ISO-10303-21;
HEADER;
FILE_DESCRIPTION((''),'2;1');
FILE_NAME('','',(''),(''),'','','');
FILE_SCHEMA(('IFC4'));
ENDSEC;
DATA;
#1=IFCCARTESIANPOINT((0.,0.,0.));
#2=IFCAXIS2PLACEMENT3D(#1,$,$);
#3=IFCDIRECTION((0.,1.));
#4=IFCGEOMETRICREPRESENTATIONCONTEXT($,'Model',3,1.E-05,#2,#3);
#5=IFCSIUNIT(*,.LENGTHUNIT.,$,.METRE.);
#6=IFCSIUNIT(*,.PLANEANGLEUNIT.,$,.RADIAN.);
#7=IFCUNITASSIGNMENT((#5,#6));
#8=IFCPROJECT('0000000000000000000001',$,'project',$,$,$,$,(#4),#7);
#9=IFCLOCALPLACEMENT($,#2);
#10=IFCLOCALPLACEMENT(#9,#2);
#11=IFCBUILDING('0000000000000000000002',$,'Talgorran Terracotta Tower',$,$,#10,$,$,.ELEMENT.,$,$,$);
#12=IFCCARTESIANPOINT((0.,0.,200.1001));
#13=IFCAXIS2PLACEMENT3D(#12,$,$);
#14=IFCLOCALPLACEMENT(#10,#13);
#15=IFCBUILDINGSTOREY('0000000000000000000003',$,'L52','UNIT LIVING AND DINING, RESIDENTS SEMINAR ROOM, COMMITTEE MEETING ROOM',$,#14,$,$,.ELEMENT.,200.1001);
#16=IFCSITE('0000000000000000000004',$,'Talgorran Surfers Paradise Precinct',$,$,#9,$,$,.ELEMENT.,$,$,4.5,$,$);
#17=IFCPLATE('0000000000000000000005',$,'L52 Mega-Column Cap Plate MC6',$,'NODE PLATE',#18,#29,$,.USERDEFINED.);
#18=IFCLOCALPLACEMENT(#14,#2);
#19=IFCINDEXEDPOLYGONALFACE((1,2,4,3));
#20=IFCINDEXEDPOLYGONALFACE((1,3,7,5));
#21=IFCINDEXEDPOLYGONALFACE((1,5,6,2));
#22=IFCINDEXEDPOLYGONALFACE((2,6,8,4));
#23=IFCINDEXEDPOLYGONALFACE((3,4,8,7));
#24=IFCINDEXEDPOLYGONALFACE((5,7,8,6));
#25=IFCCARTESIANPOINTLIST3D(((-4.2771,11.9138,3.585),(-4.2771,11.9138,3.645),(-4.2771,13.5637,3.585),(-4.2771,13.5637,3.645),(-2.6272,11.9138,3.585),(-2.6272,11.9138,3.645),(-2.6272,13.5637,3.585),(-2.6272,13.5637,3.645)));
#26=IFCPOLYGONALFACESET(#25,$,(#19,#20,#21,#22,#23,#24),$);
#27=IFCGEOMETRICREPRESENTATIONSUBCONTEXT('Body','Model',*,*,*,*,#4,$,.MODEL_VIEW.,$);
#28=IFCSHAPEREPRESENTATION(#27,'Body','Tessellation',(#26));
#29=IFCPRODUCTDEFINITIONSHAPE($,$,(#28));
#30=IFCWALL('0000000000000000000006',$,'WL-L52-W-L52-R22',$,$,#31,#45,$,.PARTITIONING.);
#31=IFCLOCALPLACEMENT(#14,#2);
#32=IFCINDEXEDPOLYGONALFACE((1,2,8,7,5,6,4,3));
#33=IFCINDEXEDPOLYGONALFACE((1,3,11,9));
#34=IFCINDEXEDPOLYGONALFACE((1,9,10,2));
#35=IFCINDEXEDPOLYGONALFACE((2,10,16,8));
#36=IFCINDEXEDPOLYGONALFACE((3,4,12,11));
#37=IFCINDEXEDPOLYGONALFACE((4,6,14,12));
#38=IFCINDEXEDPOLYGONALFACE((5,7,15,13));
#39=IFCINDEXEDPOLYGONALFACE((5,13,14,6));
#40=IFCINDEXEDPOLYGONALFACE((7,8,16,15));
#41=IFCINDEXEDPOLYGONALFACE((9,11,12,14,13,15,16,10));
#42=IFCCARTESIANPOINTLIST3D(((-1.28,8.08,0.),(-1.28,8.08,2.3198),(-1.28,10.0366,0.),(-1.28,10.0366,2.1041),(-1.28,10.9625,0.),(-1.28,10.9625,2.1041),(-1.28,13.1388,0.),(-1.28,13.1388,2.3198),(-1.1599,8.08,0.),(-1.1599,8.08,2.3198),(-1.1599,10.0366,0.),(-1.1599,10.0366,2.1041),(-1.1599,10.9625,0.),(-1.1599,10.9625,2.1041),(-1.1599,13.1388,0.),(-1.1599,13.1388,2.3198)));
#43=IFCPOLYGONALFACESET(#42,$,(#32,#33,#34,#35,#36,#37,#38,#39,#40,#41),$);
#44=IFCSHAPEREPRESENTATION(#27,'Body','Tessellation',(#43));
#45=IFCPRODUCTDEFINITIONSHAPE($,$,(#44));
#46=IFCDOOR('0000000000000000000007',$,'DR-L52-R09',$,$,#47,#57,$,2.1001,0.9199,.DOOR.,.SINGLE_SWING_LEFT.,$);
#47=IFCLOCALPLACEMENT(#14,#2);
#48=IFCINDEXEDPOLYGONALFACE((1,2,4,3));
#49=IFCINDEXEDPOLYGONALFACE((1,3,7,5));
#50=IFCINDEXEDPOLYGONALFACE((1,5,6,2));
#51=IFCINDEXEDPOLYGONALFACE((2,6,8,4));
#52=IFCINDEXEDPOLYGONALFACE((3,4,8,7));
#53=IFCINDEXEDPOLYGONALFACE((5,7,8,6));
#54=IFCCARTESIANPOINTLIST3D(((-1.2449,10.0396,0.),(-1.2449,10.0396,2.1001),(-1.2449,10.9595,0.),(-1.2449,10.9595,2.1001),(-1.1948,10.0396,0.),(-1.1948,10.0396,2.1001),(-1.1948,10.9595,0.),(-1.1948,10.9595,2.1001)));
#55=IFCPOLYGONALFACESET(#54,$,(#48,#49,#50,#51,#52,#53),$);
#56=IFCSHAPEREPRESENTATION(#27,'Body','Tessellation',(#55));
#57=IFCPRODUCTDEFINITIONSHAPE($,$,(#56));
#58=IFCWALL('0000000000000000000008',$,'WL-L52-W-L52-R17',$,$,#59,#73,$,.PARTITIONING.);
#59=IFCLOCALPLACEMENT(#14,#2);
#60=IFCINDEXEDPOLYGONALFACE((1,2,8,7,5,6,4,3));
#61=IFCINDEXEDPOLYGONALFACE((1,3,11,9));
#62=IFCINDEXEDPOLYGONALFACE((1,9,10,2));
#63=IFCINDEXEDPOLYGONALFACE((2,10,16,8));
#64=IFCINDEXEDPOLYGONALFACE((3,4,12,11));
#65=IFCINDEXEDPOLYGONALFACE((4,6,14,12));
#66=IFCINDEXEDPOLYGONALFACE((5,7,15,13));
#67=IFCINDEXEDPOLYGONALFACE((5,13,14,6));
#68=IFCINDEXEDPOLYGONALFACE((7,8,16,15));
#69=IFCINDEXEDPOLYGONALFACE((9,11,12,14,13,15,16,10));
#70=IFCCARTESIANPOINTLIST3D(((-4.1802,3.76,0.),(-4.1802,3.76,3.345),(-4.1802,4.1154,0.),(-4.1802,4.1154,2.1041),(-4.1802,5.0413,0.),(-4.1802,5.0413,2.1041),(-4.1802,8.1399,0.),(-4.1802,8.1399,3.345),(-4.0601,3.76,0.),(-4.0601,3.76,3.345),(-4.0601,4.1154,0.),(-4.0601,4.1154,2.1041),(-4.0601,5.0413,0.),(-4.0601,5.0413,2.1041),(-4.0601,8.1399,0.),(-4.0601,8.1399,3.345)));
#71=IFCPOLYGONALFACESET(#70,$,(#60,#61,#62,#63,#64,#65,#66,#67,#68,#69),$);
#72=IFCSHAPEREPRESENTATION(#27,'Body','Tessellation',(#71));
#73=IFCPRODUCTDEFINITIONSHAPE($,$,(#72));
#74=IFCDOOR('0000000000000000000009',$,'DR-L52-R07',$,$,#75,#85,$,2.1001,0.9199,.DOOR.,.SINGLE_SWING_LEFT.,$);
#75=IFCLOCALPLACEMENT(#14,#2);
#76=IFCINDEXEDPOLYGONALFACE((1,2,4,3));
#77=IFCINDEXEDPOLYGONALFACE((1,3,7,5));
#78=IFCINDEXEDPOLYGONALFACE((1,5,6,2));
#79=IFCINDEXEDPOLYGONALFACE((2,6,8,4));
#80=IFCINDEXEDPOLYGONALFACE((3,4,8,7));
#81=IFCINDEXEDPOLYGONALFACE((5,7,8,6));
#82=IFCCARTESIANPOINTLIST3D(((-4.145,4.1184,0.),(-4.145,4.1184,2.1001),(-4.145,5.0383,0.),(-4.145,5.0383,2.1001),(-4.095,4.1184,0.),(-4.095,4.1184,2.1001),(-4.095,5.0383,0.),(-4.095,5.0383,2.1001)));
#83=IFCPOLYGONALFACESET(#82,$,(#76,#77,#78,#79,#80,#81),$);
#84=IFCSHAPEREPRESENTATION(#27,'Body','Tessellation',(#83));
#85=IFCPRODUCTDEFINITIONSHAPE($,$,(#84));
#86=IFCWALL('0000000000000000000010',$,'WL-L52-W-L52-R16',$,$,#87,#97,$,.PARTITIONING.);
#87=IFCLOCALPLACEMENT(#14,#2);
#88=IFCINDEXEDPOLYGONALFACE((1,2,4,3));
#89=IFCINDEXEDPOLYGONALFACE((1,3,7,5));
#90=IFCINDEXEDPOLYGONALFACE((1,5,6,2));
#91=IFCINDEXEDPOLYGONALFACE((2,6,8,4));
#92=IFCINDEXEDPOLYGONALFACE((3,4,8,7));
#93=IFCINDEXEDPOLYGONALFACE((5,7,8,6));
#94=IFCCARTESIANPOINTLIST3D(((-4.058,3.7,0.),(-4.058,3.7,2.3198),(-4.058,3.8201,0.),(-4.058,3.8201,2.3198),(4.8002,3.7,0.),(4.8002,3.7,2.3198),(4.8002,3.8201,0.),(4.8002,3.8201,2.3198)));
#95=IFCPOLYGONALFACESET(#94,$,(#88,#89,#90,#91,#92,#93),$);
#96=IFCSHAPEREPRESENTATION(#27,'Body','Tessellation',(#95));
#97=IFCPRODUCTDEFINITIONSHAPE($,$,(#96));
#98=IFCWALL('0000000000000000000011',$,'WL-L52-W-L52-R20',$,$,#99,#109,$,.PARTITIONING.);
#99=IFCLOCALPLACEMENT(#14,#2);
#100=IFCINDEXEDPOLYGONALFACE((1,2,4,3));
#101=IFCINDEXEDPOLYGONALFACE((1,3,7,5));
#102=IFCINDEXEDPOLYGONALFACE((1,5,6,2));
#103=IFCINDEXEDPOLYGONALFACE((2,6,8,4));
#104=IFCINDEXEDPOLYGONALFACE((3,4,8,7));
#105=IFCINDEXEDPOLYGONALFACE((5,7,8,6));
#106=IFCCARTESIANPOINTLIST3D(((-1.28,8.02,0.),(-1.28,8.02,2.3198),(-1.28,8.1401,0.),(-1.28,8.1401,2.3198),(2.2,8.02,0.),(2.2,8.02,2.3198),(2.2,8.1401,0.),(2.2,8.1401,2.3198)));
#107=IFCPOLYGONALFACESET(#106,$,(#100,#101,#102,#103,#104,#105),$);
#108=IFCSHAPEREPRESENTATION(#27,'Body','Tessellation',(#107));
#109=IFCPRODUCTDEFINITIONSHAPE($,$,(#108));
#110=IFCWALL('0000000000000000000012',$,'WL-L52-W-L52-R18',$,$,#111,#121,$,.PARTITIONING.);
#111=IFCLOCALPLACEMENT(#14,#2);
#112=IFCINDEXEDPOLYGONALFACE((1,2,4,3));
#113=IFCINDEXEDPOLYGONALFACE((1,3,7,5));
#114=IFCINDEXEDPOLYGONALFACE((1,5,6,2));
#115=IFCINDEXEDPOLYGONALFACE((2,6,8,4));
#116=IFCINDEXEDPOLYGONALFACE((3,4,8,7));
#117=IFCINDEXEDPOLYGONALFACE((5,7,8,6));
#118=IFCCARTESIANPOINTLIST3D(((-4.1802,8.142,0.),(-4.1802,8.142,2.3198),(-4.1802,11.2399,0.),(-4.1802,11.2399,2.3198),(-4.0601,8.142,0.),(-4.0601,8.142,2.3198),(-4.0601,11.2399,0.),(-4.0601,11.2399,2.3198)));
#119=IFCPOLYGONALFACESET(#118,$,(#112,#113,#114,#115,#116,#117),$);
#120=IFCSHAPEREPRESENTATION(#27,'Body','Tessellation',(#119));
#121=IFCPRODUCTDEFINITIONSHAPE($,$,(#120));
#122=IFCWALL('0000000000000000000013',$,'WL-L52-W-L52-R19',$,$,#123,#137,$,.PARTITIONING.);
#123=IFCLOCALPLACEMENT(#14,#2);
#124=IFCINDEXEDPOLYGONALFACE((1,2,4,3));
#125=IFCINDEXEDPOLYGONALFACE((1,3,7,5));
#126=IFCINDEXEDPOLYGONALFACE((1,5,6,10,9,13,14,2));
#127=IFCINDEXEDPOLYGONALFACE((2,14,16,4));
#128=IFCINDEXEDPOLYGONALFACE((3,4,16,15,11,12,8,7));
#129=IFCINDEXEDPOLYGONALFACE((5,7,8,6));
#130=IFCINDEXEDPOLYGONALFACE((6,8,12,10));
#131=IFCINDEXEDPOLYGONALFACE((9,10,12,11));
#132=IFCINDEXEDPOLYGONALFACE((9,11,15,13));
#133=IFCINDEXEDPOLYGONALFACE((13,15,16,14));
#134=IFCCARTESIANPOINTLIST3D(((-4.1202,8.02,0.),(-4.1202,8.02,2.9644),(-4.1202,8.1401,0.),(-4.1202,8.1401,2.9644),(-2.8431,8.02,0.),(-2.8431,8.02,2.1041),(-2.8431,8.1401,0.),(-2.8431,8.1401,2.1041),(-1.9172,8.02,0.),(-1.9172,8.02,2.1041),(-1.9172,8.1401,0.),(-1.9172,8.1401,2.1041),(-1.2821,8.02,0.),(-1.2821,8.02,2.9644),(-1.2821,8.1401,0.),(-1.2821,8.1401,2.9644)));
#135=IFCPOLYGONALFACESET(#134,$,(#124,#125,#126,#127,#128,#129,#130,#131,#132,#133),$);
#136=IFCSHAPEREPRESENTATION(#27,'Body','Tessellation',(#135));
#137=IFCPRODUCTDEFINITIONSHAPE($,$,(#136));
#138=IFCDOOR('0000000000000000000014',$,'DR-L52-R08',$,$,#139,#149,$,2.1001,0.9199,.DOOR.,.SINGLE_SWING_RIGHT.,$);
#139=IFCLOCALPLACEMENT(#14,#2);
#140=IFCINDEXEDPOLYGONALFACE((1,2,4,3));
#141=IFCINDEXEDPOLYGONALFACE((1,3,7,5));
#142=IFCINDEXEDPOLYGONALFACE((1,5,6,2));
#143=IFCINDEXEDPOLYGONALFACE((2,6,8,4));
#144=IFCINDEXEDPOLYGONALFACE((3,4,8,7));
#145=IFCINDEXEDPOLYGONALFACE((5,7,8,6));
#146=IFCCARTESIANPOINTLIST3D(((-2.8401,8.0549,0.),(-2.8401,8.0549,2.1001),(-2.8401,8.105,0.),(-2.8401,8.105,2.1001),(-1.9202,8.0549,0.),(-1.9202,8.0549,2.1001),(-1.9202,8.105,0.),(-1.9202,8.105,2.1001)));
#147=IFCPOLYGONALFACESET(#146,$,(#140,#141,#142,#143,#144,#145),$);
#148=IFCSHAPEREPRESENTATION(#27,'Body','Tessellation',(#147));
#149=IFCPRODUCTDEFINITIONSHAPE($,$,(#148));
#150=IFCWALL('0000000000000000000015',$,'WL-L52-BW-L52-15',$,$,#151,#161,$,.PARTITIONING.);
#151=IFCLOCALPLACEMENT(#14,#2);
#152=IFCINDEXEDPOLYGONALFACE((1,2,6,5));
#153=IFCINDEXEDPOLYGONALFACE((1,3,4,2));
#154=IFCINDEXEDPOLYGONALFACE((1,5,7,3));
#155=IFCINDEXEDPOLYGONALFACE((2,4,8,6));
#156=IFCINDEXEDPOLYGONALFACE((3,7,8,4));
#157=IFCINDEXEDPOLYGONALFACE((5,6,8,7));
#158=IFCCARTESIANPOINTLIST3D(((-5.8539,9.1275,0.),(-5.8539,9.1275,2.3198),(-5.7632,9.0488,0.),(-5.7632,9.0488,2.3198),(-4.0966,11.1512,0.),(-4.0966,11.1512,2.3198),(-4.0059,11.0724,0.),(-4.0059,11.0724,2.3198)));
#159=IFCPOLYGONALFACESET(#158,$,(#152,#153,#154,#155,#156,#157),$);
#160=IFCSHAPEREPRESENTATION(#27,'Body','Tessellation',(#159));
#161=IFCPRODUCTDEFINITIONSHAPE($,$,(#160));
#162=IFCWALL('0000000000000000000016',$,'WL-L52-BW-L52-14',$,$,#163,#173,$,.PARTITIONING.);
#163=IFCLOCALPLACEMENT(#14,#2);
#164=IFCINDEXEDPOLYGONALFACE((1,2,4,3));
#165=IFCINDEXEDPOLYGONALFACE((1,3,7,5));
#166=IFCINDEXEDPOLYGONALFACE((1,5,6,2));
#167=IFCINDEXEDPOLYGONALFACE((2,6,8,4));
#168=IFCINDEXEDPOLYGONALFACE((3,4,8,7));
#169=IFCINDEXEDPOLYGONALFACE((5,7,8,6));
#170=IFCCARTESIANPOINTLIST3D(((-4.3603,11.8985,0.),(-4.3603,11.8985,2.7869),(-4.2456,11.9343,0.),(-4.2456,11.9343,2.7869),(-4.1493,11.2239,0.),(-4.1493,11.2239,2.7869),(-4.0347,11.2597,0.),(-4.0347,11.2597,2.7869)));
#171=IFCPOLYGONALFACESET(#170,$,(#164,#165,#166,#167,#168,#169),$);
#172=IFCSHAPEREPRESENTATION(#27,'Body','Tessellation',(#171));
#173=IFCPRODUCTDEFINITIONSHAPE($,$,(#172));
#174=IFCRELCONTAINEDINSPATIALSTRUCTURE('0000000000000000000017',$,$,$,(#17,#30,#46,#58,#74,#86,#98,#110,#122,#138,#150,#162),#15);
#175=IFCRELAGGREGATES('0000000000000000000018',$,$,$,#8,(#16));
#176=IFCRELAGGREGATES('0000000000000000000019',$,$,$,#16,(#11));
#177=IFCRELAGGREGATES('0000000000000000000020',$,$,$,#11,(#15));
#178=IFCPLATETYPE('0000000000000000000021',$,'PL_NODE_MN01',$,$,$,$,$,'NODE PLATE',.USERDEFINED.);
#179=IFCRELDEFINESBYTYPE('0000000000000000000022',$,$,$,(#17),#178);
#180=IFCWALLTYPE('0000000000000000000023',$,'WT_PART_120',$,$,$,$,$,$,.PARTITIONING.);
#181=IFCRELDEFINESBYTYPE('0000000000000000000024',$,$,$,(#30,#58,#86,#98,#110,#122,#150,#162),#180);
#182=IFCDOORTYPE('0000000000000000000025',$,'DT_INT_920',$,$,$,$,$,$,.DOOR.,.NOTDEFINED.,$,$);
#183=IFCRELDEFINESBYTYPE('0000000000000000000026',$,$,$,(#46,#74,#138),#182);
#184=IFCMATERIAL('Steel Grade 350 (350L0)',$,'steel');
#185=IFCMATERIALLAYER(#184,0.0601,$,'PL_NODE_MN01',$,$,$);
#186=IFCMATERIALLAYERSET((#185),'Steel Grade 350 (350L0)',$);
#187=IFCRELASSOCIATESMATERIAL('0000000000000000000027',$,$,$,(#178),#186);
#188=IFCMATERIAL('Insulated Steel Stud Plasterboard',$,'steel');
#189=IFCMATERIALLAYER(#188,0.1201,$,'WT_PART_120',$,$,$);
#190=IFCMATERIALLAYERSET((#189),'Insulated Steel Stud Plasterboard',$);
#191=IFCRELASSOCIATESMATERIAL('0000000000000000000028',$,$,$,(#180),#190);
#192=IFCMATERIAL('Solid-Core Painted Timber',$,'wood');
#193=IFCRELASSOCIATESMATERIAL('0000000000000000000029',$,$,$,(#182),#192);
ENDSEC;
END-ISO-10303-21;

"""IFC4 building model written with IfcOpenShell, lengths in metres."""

from ifc_helpers import new_model, si_unit, direction, frame, frame_2d, origin, origin_2d, place, context, subcontext, project, spatial, rectangle, extrude, material, layer, layer_set, type_object, element, fill, save


model = new_model("IFC4")

# Units and contexts
model_context = context("Model", 3, precision=1e-05, world=origin(), true_north=direction((0.0, 1.0)))
body_context = subcontext(model_context, "Body", "Model", "MODEL_VIEW")
ifc_project = project(units=[si_unit("LENGTHUNIT", "METRE"), si_unit("PLANEANGLEUNIT", "RADIAN")], contexts=[model_context])

# Site, building, storey
site_placement = place(None, origin())
site = spatial("IfcSite", under=ifc_project, at=site_placement, Name="Talgorran Surfers Paradise Precinct", CompositionType="ELEMENT", RefElevation=4.5)
building_placement = place(site_placement, origin())
building = spatial("IfcBuilding", under=site, at=building_placement, Name="Talgorran Terracotta Tower", CompositionType="ELEMENT")
storey_placement = place(building_placement, frame((0.0, 0.0, 200.1001)))
storey = spatial("IfcBuildingStorey", under=building, at=storey_placement, Name="L52", Description="UNIT LIVING AND DINING, RESIDENTS SEMINAR ROOM, COMMITTEE MEETING ROOM", CompositionType="ELEMENT", Elevation=200.1001)

# Shared definitions
ifc_material_1 = material(Name="Steel Grade 350 (350L0)", Category="steel")

# Plate
ifc_layer_1 = layer(ifc_material_1, 0.0601, Name="PL_NODE_MN01")
ifc_layer_set_1 = layer_set([ifc_layer_1], Name="Steel Grade 350 (350L0)")
plate_type = type_object("IfcPlateType", Name="PL_NODE_MN01", ElementType="NODE PLATE", PredefinedType="USERDEFINED", material=ifc_layer_set_1)
plate_placement = place(storey_placement, frame((-3.4521, 12.7388, 3.585), z_axis=(0.0, 0.0, 1.0), x_axis=(1.0, 0.0, 0.0)))
element("IfcPlate", 1, at=plate_placement, inside=storey, type_object=plate_type, Name="L52 Mega-Column Cap Plate MC6", ObjectType="NODE PLATE", PredefinedType="USERDEFINED", context=body_context, shape_type="SweptSolid", body=[
    extrude(rectangle(XDim=1.6499, YDim=1.6499, at=origin_2d()), origin(), (0.0, 0.0, 1.0), 0.0601),
])

# Walls, openings, doors
ifc_material_2 = material(Name="Insulated Steel Stud Plasterboard", Category="steel")
ifc_layer_2 = layer(ifc_material_2, 0.1201, Name="WT_PART_120")
ifc_layer_set_2 = layer_set([ifc_layer_2], Name="Insulated Steel Stud Plasterboard")
wall_type = type_object("IfcWallType", Name="WT_PART_120", PredefinedType="PARTITIONING", material=ifc_layer_set_2)
wall_1_placement = place(storey_placement, frame((-1.22, 8.0801, 0.0), z_axis=(0.0, 0.0, 1.0), x_axis=(0.0, 1.0, 0.0)))
wall_1 = element("IfcWall", 2, at=wall_1_placement, inside=storey, type_object=wall_type, Name="WL-L52-W-L52-R22", PredefinedType="PARTITIONING", context=body_context, shape_type="SweptSolid", body=[
    extrude(rectangle(XDim=5.0588, YDim=0.1201, at=frame_2d((2.5293, 0.0))), origin(), (0.0, 0.0, 1.0), 2.3198),
])
opening_1_placement = place(wall_1_placement, frame((1.9595, 0.0, 0.0)))
opening_1 = element("IfcOpeningElement", 3, at=opening_1_placement, cuts=wall_1, PredefinedType="OPENING", context=body_context, shape_type="SweptSolid", body=[
    extrude(rectangle(XDim=0.9259, YDim=2.1041, at=frame_2d((0.46, 1.052))), frame((0.0, 0.0701, 0.0), z_axis=(0.0, -1.0, 0.0), x_axis=(1.0, 0.0, 0.0)), (0.0, 0.0, 1.0), 0.1401),
])
ifc_material_3 = material(Name="Solid-Core Painted Timber", Category="wood")
door_type = type_object("IfcDoorType", Name="DT_INT_920", OperationType="NOTDEFINED", PredefinedType="DOOR", material=ifc_material_3)
door_1_placement = place(opening_1_placement, origin())
door_1 = element("IfcDoor", 4, at=door_1_placement, inside=storey, type_object=door_type, Name="DR-L52-R09", OperationType="SINGLE_SWING_LEFT", OverallHeight=2.1001, OverallWidth=0.9199, PredefinedType="DOOR", context=body_context, shape_type="SweptSolid", body=[
    extrude(rectangle(XDim=0.9199, YDim=2.1001, at=frame_2d((0.46, 1.05))), frame((0.0, 0.0249, 0.0), z_axis=(0.0, -1.0, 0.0), x_axis=(1.0, 0.0, 0.0)), (0.0, 0.0, 1.0), 0.05),
])
fill(opening_1, door_1)
wall_2_placement = place(storey_placement, frame((-4.1201, 3.76, 0.0), z_axis=(0.0, 0.0, 1.0), x_axis=(0.0, 1.0, 0.0)))
wall_2 = element("IfcWall", 5, at=wall_2_placement, inside=storey, type_object=wall_type, Name="WL-L52-W-L52-R17", PredefinedType="PARTITIONING", context=body_context, shape_type="SweptSolid", body=[
    extrude(rectangle(XDim=4.3799, YDim=0.1201, at=frame_2d((2.1899, 0.0))), origin(), (0.0, 0.0, 1.0), 3.345),
])
opening_2_placement = place(wall_2_placement, frame((0.3584, 0.0, 0.0)))
opening_2 = element("IfcOpeningElement", 6, at=opening_2_placement, cuts=wall_2, PredefinedType="OPENING", context=body_context, shape_type="SweptSolid", body=[
    extrude(rectangle(XDim=0.9259, YDim=2.1041, at=frame_2d((0.46, 1.052))), frame((0.0, 0.0701, 0.0), z_axis=(0.0, -1.0, 0.0), x_axis=(1.0, 0.0, 0.0)), (0.0, 0.0, 1.0), 0.1401),
])
door_2_placement = place(opening_2_placement, origin())
door_2 = element("IfcDoor", 7, at=door_2_placement, inside=storey, type_object=door_type, Name="DR-L52-R07", OperationType="SINGLE_SWING_LEFT", OverallHeight=2.1001, OverallWidth=0.9199, PredefinedType="DOOR", context=body_context, shape_type="SweptSolid", body=[
    extrude(rectangle(XDim=0.9199, YDim=2.1001, at=frame_2d((0.46, 1.05))), frame((0.0, 0.0249, 0.0), z_axis=(0.0, -1.0, 0.0), x_axis=(1.0, 0.0, 0.0)), (0.0, 0.0, 1.0), 0.05),
])
fill(opening_2, door_2)

# Walls
wall_3_placement = place(storey_placement, frame((-4.0581, 3.76, 0.0), z_axis=(0.0, 0.0, 1.0), x_axis=(1.0, 0.0, 0.0)))
element("IfcWall", 8, at=wall_3_placement, inside=storey, type_object=wall_type, Name="WL-L52-W-L52-R16", PredefinedType="PARTITIONING", context=body_context, shape_type="SweptSolid", body=[
    extrude(rectangle(XDim=8.8582, YDim=0.1201, at=frame_2d((4.4292, 0.0))), origin(), (0.0, 0.0, 1.0), 2.3198),
])
wall_4_placement = place(storey_placement, frame((-1.28, 8.0801, 0.0), z_axis=(0.0, 0.0, 1.0), x_axis=(1.0, 0.0, 0.0)))
element("IfcWall", 9, at=wall_4_placement, inside=storey, type_object=wall_type, Name="WL-L52-W-L52-R20", PredefinedType="PARTITIONING", context=body_context, shape_type="SweptSolid", body=[
    extrude(rectangle(XDim=3.48, YDim=0.1201, at=frame_2d((1.74, 0.0))), origin(), (0.0, 0.0, 1.0), 2.3198),
])
wall_5_placement = place(storey_placement, frame((-4.1201, 8.1421, 0.0), z_axis=(0.0, 0.0, 1.0), x_axis=(0.0, 1.0, 0.0)))
element("IfcWall", 10, at=wall_5_placement, inside=storey, type_object=wall_type, Name="WL-L52-W-L52-R18", PredefinedType="PARTITIONING", context=body_context, shape_type="SweptSolid", body=[
    extrude(rectangle(XDim=3.0979, YDim=0.1201, at=frame_2d((1.5488, 0.0))), origin(), (0.0, 0.0, 1.0), 2.3198),
])

# Wall, opening, door
wall_6_placement = place(storey_placement, frame((-4.1201, 8.0801, 0.0), z_axis=(0.0, 0.0, 1.0), x_axis=(1.0, 0.0, 0.0)))
wall_6 = element("IfcWall", 11, at=wall_6_placement, inside=storey, type_object=wall_type, Name="WL-L52-W-L52-R19", PredefinedType="PARTITIONING", context=body_context, shape_type="SweptSolid", body=[
    extrude(rectangle(XDim=2.8381, YDim=0.1201, at=frame_2d((1.4189, 0.0))), origin(), (0.0, 0.0, 1.0), 2.9644),
])
opening_3_placement = place(wall_6_placement, frame((1.28, 0.0, 0.0)))
opening_3 = element("IfcOpeningElement", 12, at=opening_3_placement, cuts=wall_6, PredefinedType="OPENING", context=body_context, shape_type="SweptSolid", body=[
    extrude(rectangle(XDim=0.9259, YDim=2.1041, at=frame_2d((0.46, 1.052))), frame((0.0, 0.0701, 0.0), z_axis=(0.0, -1.0, 0.0), x_axis=(1.0, 0.0, 0.0)), (0.0, 0.0, 1.0), 0.1401),
])
door_3_placement = place(opening_3_placement, origin())
door_3 = element("IfcDoor", 13, at=door_3_placement, inside=storey, type_object=door_type, Name="DR-L52-R08", OperationType="SINGLE_SWING_RIGHT", OverallHeight=2.1001, OverallWidth=0.9199, PredefinedType="DOOR", context=body_context, shape_type="SweptSolid", body=[
    extrude(rectangle(XDim=0.9199, YDim=2.1001, at=frame_2d((0.46, 1.05))), frame((0.0, 0.0249, 0.0), z_axis=(0.0, -1.0, 0.0), x_axis=(1.0, 0.0, 0.0)), (0.0, 0.0, 1.0), 0.05),
])
fill(opening_3, door_3)

# Walls
wall_7_placement = place(storey_placement, frame((-4.0513, 11.1118, 0.0), z_axis=(0.0, 0.0, 1.0), x_axis=(-0.655669, -0.755049, 0.0)))
element("IfcWall", 14, at=wall_7_placement, inside=storey, type_object=wall_type, Name="WL-L52-BW-L52-15", PredefinedType="PARTITIONING", context=body_context, shape_type="SweptSolid", body=[
    extrude(rectangle(XDim=2.6802, YDim=0.1201, at=frame_2d((1.3401, 0.0))), origin(), (0.0, 0.0, 1.0), 2.3198),
])
wall_8_placement = place(storey_placement, frame((-4.303, 11.9165, 0.0), z_axis=(0.0, 0.0, 1.0), x_axis=(0.298452, -0.954425, 0.0)))
element("IfcWall", 15, at=wall_8_placement, inside=storey, type_object=wall_type, Name="WL-L52-BW-L52-14", PredefinedType="PARTITIONING", context=body_context, shape_type="SweptSolid", body=[
    extrude(rectangle(XDim=0.7068, YDim=0.1201, at=frame_2d((0.3535, 0.0))), origin(), (0.0, 0.0, 1.0), 2.7869),
])

save(model, "model.ifc")
